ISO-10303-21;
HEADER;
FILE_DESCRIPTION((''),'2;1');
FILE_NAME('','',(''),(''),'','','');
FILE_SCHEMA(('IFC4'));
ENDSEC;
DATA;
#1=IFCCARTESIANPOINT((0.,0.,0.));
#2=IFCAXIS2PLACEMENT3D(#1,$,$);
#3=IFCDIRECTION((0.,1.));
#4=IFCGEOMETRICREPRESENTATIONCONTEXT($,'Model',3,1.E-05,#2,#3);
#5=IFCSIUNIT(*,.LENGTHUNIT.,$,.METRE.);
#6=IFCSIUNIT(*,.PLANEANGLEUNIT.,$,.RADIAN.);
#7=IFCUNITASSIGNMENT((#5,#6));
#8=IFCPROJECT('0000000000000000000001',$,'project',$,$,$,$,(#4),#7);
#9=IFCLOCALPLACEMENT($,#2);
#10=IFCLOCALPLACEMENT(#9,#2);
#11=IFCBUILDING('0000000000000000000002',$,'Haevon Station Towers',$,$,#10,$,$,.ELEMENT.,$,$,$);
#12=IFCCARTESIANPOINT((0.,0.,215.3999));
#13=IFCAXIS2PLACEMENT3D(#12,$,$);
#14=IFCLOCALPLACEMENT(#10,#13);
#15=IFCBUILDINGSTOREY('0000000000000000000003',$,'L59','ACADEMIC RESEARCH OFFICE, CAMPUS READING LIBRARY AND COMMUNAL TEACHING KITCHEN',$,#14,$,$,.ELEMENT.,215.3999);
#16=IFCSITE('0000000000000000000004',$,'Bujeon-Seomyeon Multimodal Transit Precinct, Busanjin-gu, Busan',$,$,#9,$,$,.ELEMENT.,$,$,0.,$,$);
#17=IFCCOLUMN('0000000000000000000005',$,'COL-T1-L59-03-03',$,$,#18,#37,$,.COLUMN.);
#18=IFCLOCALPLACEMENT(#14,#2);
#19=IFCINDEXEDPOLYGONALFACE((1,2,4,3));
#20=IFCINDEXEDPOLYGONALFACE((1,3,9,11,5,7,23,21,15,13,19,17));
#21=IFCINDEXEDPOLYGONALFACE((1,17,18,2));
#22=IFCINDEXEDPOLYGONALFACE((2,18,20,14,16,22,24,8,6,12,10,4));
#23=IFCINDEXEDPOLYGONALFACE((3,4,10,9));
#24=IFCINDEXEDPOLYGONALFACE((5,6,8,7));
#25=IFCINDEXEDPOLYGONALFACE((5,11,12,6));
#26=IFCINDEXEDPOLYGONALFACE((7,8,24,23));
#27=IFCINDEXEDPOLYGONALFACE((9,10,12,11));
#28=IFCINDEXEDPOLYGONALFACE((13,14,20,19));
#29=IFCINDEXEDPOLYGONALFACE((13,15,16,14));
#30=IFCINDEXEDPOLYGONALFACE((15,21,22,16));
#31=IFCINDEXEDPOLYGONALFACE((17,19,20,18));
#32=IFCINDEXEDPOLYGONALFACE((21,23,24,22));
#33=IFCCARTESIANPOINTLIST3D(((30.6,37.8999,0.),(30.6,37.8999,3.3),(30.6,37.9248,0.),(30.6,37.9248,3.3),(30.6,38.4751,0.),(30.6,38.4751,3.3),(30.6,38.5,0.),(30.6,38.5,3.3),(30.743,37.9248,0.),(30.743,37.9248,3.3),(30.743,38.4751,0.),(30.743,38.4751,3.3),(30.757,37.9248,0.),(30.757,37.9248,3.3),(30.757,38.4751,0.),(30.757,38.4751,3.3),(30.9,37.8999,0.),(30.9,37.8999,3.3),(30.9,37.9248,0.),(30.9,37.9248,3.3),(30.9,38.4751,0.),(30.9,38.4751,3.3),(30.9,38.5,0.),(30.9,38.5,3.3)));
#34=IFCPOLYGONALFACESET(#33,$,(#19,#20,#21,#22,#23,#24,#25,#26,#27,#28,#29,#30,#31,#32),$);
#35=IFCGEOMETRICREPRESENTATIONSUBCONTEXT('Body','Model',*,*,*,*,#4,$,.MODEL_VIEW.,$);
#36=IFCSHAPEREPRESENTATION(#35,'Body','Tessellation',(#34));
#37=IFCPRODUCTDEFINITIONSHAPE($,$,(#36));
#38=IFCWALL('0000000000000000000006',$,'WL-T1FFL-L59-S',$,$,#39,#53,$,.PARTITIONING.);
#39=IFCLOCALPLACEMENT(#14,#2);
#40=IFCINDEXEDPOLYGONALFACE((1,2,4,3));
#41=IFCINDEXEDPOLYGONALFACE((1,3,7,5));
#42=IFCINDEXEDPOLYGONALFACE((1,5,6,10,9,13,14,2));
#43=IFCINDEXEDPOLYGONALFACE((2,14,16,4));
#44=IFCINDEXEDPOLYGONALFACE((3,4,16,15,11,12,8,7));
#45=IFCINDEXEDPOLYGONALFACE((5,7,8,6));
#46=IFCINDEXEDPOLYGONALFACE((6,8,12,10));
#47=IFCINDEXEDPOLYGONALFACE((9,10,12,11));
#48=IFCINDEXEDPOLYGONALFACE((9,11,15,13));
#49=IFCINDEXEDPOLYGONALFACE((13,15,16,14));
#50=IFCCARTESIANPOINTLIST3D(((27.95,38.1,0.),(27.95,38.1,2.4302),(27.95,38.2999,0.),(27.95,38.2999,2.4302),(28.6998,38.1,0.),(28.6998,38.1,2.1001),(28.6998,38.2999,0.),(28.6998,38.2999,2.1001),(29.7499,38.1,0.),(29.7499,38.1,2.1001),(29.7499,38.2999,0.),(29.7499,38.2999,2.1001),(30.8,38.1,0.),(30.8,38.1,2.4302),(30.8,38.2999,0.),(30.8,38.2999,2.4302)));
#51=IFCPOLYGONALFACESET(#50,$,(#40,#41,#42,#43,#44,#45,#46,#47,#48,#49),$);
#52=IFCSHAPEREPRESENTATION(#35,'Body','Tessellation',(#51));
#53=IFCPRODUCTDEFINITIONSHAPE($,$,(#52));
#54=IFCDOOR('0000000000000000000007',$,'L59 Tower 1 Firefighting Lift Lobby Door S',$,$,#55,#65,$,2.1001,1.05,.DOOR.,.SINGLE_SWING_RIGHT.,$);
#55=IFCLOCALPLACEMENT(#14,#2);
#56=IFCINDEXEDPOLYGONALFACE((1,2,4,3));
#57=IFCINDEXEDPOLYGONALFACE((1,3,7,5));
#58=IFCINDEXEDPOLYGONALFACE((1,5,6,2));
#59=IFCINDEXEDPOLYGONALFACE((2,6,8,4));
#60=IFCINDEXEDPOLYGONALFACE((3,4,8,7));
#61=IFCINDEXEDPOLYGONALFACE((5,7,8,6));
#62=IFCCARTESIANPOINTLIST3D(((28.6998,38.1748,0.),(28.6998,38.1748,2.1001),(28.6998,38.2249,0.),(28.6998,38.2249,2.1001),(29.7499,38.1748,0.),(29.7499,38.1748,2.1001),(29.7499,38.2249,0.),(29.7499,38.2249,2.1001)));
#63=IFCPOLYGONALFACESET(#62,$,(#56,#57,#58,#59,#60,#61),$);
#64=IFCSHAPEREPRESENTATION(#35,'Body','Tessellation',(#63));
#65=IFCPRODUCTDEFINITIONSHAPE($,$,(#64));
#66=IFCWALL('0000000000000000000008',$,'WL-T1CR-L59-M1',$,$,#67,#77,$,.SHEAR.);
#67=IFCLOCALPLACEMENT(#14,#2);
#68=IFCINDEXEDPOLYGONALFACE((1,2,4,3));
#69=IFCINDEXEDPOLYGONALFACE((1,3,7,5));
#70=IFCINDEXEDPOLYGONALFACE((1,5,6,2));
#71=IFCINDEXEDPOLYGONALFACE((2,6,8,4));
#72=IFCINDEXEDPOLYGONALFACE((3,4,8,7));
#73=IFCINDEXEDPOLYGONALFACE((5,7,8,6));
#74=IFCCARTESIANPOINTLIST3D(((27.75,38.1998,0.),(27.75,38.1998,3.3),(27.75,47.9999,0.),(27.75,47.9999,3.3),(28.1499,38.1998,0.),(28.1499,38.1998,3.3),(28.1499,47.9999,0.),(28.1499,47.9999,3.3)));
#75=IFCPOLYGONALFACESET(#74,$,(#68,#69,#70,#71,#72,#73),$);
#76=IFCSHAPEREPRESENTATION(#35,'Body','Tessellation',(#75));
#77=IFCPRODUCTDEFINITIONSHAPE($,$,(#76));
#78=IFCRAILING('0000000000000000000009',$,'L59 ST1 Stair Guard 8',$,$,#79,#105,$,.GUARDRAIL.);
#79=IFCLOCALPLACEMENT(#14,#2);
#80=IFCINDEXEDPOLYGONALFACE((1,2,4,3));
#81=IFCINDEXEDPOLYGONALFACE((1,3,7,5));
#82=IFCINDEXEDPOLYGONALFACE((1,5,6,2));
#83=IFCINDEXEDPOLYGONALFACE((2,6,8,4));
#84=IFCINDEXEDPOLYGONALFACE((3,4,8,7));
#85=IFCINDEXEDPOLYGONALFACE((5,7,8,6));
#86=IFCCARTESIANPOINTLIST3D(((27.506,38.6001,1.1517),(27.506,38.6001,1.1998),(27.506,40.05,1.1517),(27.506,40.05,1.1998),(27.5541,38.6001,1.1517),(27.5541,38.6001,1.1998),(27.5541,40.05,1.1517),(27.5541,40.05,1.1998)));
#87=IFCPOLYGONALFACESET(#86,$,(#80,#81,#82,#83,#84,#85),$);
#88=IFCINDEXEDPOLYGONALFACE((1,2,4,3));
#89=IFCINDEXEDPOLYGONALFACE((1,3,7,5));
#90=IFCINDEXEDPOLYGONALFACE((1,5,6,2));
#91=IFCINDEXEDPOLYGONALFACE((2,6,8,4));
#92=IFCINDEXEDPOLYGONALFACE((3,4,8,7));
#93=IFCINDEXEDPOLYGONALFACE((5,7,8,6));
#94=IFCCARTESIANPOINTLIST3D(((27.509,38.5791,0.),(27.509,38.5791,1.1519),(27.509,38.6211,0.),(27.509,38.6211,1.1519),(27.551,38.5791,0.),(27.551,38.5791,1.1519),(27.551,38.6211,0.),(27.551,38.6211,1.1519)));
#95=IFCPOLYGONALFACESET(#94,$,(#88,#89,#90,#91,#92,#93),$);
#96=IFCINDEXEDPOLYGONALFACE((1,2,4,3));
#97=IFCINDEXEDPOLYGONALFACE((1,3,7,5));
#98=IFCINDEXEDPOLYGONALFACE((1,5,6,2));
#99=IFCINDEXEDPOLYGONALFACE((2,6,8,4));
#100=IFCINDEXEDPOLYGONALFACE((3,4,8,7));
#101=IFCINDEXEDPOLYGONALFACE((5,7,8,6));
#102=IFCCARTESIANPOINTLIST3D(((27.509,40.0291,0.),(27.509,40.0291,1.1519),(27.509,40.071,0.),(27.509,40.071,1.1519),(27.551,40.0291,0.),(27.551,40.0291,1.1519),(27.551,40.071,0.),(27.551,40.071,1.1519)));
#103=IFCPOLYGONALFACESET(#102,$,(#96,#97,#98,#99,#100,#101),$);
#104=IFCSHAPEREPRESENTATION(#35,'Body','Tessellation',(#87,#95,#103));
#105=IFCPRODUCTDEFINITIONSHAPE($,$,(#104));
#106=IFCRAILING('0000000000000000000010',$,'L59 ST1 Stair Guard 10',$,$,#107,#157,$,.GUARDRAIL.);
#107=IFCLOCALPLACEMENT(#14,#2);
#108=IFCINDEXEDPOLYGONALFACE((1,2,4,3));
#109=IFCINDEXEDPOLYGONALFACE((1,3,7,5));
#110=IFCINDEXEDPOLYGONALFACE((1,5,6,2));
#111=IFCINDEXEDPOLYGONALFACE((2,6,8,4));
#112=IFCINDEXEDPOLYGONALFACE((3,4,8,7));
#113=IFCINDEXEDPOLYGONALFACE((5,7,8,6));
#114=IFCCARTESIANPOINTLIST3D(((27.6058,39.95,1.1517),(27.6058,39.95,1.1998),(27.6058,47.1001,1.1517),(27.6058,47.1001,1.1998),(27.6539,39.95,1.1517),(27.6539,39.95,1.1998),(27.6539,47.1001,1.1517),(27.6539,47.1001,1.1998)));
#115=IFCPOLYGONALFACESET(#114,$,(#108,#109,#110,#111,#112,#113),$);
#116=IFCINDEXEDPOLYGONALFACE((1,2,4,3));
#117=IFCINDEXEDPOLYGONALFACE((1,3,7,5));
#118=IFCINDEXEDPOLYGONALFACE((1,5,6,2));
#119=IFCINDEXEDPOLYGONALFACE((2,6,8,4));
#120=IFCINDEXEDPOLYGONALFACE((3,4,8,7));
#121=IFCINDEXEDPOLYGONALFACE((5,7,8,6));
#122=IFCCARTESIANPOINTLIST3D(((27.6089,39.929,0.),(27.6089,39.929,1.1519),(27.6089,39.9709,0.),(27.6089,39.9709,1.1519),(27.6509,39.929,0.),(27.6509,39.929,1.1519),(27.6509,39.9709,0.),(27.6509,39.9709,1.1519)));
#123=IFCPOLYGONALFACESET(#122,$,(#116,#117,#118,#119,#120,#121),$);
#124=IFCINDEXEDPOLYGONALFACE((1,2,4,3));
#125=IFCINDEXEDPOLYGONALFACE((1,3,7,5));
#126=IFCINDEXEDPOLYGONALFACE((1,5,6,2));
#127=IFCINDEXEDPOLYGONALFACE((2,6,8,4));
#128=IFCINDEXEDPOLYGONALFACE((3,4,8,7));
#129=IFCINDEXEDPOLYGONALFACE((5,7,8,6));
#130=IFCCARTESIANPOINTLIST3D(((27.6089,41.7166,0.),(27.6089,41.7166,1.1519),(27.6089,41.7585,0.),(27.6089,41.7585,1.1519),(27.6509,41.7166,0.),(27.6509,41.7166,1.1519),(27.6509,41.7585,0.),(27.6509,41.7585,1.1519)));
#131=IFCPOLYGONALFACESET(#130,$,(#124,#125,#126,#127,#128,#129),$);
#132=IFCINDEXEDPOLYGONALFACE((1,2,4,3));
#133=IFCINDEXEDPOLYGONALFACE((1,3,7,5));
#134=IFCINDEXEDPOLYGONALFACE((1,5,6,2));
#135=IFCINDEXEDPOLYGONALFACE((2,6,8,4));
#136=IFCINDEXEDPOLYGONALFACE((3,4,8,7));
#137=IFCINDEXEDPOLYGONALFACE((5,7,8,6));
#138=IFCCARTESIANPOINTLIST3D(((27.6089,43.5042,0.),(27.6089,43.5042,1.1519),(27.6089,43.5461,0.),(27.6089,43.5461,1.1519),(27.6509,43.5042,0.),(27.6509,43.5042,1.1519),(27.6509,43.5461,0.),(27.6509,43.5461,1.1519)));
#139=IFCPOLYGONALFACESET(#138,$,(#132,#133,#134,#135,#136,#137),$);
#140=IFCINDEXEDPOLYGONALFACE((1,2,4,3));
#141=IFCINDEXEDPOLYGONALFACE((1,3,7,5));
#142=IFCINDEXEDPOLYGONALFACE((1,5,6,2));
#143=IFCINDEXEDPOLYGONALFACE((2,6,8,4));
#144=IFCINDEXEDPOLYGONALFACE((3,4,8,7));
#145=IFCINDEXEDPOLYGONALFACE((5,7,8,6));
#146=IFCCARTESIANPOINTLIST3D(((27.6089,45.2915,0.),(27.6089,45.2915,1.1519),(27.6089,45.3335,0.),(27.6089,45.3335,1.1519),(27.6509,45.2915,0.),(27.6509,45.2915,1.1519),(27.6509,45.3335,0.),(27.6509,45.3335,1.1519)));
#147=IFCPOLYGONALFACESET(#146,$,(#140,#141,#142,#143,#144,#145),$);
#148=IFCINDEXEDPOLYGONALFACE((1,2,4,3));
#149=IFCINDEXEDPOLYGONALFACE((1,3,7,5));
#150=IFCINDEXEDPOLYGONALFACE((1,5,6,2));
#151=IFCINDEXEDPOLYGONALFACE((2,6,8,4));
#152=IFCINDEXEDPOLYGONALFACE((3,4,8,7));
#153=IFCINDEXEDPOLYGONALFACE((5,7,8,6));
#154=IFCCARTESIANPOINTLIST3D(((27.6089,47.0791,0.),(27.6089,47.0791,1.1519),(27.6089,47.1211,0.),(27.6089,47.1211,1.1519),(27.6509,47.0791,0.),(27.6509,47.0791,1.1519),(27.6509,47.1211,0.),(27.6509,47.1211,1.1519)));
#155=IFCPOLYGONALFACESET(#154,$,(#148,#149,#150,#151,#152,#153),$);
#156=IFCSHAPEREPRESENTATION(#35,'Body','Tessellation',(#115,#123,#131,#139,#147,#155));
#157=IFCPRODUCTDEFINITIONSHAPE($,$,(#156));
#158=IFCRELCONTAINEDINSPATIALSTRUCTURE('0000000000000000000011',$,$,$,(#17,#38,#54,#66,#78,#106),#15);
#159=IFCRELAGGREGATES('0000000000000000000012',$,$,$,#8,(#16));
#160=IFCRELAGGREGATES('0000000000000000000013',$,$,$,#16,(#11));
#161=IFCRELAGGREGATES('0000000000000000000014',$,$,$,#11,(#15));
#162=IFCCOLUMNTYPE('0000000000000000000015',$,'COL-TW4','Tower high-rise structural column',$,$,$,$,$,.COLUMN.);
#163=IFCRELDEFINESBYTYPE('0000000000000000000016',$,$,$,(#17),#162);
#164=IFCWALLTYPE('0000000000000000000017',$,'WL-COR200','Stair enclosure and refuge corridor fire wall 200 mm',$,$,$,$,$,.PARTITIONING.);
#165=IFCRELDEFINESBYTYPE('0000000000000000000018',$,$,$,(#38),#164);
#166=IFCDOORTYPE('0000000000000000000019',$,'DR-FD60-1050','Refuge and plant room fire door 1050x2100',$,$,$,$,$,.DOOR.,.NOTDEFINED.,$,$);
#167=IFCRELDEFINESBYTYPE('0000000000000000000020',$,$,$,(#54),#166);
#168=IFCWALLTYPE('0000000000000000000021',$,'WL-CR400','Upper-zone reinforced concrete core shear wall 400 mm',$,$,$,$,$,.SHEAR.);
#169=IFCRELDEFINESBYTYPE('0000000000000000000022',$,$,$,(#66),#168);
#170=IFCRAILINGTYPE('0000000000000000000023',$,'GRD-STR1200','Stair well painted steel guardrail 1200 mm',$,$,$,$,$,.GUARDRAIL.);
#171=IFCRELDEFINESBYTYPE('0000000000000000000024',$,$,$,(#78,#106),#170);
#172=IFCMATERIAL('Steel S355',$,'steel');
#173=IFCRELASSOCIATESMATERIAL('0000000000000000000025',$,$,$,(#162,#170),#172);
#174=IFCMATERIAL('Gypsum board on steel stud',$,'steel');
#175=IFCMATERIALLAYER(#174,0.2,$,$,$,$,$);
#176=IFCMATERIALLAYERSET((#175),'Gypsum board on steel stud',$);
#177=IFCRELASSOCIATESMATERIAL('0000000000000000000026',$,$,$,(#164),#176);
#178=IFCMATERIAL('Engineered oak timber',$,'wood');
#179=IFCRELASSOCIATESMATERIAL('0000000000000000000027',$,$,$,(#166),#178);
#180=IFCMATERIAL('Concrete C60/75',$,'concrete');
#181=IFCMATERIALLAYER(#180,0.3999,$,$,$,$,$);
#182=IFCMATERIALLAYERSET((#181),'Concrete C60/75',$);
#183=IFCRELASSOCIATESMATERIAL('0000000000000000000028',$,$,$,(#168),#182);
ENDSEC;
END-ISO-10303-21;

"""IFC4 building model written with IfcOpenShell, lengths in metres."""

from ifc_helpers import new_model, si_unit, direction, frame, frame_2d, origin, origin_2d, place, context, subcontext, project, spatial, rectangle, i_section, extrude, material, layer, layer_set, material_profile, profile_set, type_object, element, fill, save


model = new_model("IFC4")

# Units and contexts
model_context = context("Model", 3, precision=1e-05, world=origin(), true_north=direction((0.0, 1.0)))
body_context = subcontext(model_context, "Body", "Model", "MODEL_VIEW")
ifc_project = project(units=[si_unit("LENGTHUNIT", "METRE"), si_unit("PLANEANGLEUNIT", "RADIAN")], contexts=[model_context])

# Site, building, storey
site_placement = place(None, origin())
site = spatial("IfcSite", under=ifc_project, at=site_placement, Name="Bujeon-Seomyeon Multimodal Transit Precinct, Busanjin-gu, Busan", CompositionType="ELEMENT", RefElevation=0.0)
building_placement = place(site_placement, origin())
building = spatial("IfcBuilding", under=site, at=building_placement, Name="Haevon Station Towers", CompositionType="ELEMENT")
storey_placement = place(building_placement, frame((0.0, 0.0, 215.3999)))
storey = spatial("IfcBuildingStorey", under=building, at=storey_placement, Name="L59", Description="ACADEMIC RESEARCH OFFICE, CAMPUS READING LIBRARY AND COMMUNAL TEACHING KITCHEN", CompositionType="ELEMENT", Elevation=215.3999)

# Column
ifc_material_1 = material(Name="Steel S355", Category="steel")
ifc_material_profile = material_profile(ifc_material_1, i_section(OverallWidth=0.3, OverallDepth=0.6001, WebThickness=0.0139, FlangeThickness=0.0249, at=origin_2d()), Name="H-600x300x14x25")
ifc_profile_set = profile_set([ifc_material_profile], Name="Steel S355")
column_type = type_object("IfcColumnType", Name="COL-TW4", Description="Tower high-rise structural column", PredefinedType="COLUMN", material=ifc_profile_set)
column_placement = place(storey_placement, frame((30.75, 38.2, 0.0), z_axis=(0.0, 0.0, 1.0), x_axis=(1.0, 0.0, 0.0)))
element("IfcColumn", 1, at=column_placement, inside=storey, type_object=column_type, Name="COL-T1-L59-03-03", PredefinedType="COLUMN", context=body_context, shape_type="SweptSolid", body=[
    extrude(i_section(OverallWidth=0.3, OverallDepth=0.6001, WebThickness=0.0139, FlangeThickness=0.0249, at=origin_2d()), origin(), (0.0, 0.0, 1.0), 3.3),
])

# Wall, opening, door
ifc_material_2 = material(Name="Gypsum board on steel stud", Category="steel")
ifc_layer_1 = layer(ifc_material_2, 0.2)
ifc_layer_set_1 = layer_set([ifc_layer_1], Name="Gypsum board on steel stud")
wall_type_1 = type_object("IfcWallType", Name="WL-COR200", Description="Stair enclosure and refuge corridor fire wall 200 mm", PredefinedType="PARTITIONING", material=ifc_layer_set_1)
wall_1_placement = place(storey_placement, frame((27.95, 38.2, 0.0), z_axis=(0.0, 0.0, 1.0), x_axis=(1.0, 0.0, 0.0)))
wall_1 = element("IfcWall", 2, at=wall_1_placement, inside=storey, type_object=wall_type_1, Name="WL-T1FFL-L59-S", PredefinedType="PARTITIONING", context=body_context, shape_type="SweptSolid", body=[
    extrude(rectangle(XDim=2.8501, YDim=0.2, at=frame_2d((1.425, 0.0))), origin(), (0.0, 0.0, 1.0), 2.4302),
])
opening_1_placement = place(wall_1_placement, frame((0.75, 0.0, 0.0)))
opening_1 = element("IfcOpeningElement", 3, at=opening_1_placement, cuts=wall_1, PredefinedType="OPENING", context=body_context, shape_type="SweptSolid", body=[
    extrude(rectangle(XDim=1.05, YDim=2.1001, at=frame_2d((0.5249, 1.05))), frame((0.0, 0.1099, 0.0), z_axis=(0.0, -1.0, 0.0), x_axis=(1.0, 0.0, 0.0)), (0.0, 0.0, 1.0), 0.22),
])
ifc_material_3 = material(Name="Engineered oak timber", Category="wood")
door_type_1 = type_object("IfcDoorType", Name="DR-FD60-1050", Description="Refuge and plant room fire door 1050x2100", OperationType="NOTDEFINED", PredefinedType="DOOR", material=ifc_material_3)
door_1_placement = place(opening_1_placement, origin())
door_1 = element("IfcDoor", 4, at=door_1_placement, inside=storey, type_object=door_type_1, Name="L59 Tower 1 Firefighting Lift Lobby Door S", OperationType="SINGLE_SWING_RIGHT", OverallHeight=2.1001, OverallWidth=1.05, PredefinedType="DOOR", context=body_context, shape_type="SweptSolid", body=[
    extrude(rectangle(XDim=1.05, YDim=2.1001, at=frame_2d((0.5249, 1.05))), frame((0.0, 0.0249, 0.0), z_axis=(0.0, -1.0, 0.0), x_axis=(1.0, 0.0, 0.0)), (0.0, 0.0, 1.0), 0.05),
])
fill(opening_1, door_1)

# Wall
ifc_material_4 = material(Name="Concrete C60/75", Category="concrete")
ifc_layer_2 = layer(ifc_material_4, 0.3999)
ifc_layer_set_2 = layer_set([ifc_layer_2], Name="Concrete C60/75")
wall_type_2 = type_object("IfcWallType", Name="WL-CR400", Description="Upper-zone reinforced concrete core shear wall 400 mm", PredefinedType="SHEAR", material=ifc_layer_set_2)
wall_2_placement = place(storey_placement, frame((27.95, 38.2, 0.0), z_axis=(0.0, 0.0, 1.0), x_axis=(0.0, 1.0, 0.0)))
element("IfcWall", 5, at=wall_2_placement, inside=storey, type_object=wall_type_2, Name="WL-T1CR-L59-M1", PredefinedType="SHEAR", context=body_context, shape_type="SweptSolid", body=[
    extrude(rectangle(XDim=9.8, YDim=0.3999, at=frame_2d((4.8999, 0.0))), origin(), (0.0, 0.0, 1.0), 3.3),
])

# Railings
railing_type = type_object("IfcRailingType", Name="GRD-STR1200", Description="Stair well painted steel guardrail 1200 mm", PredefinedType="GUARDRAIL", material=ifc_material_1)
railing_1_placement = place(storey_placement, frame((27.53, 38.6001, 0.0)))
element("IfcRailing", 6, at=railing_1_placement, inside=storey, type_object=railing_type, Name="L59 ST1 Stair Guard 8", PredefinedType="GUARDRAIL", context=body_context, shape_type="SweptSolid", body=[
    extrude(rectangle(XDim=0.0481, YDim=0.0481, at=origin_2d()), frame((0.0, 0.0, 1.1758), z_axis=(0.0, 1.0, 0.0), x_axis=(-1.0, 0.0, 0.0)), (0.0, 0.0, 1.0), 1.45),
    extrude(rectangle(XDim=0.042, YDim=0.042, at=origin_2d()), origin(), (0.0, 0.0, 1.0), 1.1519),
    extrude(rectangle(XDim=0.042, YDim=0.042, at=origin_2d()), frame((0.0, 1.45, 0.0)), (0.0, 0.0, 1.0), 1.1519),
])
railing_2_placement = place(storey_placement, frame((27.6299, 39.95, 0.0)))
element("IfcRailing", 7, at=railing_2_placement, inside=storey, type_object=railing_type, Name="L59 ST1 Stair Guard 10", PredefinedType="GUARDRAIL", context=body_context, shape_type="SweptSolid", body=[
    extrude(rectangle(XDim=0.0481, YDim=0.0481, at=origin_2d()), frame((0.0, 0.0, 1.1758), z_axis=(0.0, 1.0, 0.0), x_axis=(-1.0, 0.0, 0.0)), (0.0, 0.0, 1.0), 7.1501),
    extrude(rectangle(XDim=0.042, YDim=0.042, at=origin_2d()), origin(), (0.0, 0.0, 1.0), 1.1519),
    extrude(rectangle(XDim=0.042, YDim=0.042, at=origin_2d()), frame((0.0, 1.7876, 0.0)), (0.0, 0.0, 1.0), 1.1519),
    extrude(rectangle(XDim=0.042, YDim=0.042, at=origin_2d()), frame((0.0, 3.5752, 0.0)), (0.0, 0.0, 1.0), 1.1519),
    extrude(rectangle(XDim=0.042, YDim=0.042, at=origin_2d()), frame((0.0, 5.3625, 0.0)), (0.0, 0.0, 1.0), 1.1519),
    extrude(rectangle(XDim=0.042, YDim=0.042, at=origin_2d()), frame((0.0, 7.1501, 0.0)), (0.0, 0.0, 1.0), 1.1519),
])

save(model, "model.ifc")
